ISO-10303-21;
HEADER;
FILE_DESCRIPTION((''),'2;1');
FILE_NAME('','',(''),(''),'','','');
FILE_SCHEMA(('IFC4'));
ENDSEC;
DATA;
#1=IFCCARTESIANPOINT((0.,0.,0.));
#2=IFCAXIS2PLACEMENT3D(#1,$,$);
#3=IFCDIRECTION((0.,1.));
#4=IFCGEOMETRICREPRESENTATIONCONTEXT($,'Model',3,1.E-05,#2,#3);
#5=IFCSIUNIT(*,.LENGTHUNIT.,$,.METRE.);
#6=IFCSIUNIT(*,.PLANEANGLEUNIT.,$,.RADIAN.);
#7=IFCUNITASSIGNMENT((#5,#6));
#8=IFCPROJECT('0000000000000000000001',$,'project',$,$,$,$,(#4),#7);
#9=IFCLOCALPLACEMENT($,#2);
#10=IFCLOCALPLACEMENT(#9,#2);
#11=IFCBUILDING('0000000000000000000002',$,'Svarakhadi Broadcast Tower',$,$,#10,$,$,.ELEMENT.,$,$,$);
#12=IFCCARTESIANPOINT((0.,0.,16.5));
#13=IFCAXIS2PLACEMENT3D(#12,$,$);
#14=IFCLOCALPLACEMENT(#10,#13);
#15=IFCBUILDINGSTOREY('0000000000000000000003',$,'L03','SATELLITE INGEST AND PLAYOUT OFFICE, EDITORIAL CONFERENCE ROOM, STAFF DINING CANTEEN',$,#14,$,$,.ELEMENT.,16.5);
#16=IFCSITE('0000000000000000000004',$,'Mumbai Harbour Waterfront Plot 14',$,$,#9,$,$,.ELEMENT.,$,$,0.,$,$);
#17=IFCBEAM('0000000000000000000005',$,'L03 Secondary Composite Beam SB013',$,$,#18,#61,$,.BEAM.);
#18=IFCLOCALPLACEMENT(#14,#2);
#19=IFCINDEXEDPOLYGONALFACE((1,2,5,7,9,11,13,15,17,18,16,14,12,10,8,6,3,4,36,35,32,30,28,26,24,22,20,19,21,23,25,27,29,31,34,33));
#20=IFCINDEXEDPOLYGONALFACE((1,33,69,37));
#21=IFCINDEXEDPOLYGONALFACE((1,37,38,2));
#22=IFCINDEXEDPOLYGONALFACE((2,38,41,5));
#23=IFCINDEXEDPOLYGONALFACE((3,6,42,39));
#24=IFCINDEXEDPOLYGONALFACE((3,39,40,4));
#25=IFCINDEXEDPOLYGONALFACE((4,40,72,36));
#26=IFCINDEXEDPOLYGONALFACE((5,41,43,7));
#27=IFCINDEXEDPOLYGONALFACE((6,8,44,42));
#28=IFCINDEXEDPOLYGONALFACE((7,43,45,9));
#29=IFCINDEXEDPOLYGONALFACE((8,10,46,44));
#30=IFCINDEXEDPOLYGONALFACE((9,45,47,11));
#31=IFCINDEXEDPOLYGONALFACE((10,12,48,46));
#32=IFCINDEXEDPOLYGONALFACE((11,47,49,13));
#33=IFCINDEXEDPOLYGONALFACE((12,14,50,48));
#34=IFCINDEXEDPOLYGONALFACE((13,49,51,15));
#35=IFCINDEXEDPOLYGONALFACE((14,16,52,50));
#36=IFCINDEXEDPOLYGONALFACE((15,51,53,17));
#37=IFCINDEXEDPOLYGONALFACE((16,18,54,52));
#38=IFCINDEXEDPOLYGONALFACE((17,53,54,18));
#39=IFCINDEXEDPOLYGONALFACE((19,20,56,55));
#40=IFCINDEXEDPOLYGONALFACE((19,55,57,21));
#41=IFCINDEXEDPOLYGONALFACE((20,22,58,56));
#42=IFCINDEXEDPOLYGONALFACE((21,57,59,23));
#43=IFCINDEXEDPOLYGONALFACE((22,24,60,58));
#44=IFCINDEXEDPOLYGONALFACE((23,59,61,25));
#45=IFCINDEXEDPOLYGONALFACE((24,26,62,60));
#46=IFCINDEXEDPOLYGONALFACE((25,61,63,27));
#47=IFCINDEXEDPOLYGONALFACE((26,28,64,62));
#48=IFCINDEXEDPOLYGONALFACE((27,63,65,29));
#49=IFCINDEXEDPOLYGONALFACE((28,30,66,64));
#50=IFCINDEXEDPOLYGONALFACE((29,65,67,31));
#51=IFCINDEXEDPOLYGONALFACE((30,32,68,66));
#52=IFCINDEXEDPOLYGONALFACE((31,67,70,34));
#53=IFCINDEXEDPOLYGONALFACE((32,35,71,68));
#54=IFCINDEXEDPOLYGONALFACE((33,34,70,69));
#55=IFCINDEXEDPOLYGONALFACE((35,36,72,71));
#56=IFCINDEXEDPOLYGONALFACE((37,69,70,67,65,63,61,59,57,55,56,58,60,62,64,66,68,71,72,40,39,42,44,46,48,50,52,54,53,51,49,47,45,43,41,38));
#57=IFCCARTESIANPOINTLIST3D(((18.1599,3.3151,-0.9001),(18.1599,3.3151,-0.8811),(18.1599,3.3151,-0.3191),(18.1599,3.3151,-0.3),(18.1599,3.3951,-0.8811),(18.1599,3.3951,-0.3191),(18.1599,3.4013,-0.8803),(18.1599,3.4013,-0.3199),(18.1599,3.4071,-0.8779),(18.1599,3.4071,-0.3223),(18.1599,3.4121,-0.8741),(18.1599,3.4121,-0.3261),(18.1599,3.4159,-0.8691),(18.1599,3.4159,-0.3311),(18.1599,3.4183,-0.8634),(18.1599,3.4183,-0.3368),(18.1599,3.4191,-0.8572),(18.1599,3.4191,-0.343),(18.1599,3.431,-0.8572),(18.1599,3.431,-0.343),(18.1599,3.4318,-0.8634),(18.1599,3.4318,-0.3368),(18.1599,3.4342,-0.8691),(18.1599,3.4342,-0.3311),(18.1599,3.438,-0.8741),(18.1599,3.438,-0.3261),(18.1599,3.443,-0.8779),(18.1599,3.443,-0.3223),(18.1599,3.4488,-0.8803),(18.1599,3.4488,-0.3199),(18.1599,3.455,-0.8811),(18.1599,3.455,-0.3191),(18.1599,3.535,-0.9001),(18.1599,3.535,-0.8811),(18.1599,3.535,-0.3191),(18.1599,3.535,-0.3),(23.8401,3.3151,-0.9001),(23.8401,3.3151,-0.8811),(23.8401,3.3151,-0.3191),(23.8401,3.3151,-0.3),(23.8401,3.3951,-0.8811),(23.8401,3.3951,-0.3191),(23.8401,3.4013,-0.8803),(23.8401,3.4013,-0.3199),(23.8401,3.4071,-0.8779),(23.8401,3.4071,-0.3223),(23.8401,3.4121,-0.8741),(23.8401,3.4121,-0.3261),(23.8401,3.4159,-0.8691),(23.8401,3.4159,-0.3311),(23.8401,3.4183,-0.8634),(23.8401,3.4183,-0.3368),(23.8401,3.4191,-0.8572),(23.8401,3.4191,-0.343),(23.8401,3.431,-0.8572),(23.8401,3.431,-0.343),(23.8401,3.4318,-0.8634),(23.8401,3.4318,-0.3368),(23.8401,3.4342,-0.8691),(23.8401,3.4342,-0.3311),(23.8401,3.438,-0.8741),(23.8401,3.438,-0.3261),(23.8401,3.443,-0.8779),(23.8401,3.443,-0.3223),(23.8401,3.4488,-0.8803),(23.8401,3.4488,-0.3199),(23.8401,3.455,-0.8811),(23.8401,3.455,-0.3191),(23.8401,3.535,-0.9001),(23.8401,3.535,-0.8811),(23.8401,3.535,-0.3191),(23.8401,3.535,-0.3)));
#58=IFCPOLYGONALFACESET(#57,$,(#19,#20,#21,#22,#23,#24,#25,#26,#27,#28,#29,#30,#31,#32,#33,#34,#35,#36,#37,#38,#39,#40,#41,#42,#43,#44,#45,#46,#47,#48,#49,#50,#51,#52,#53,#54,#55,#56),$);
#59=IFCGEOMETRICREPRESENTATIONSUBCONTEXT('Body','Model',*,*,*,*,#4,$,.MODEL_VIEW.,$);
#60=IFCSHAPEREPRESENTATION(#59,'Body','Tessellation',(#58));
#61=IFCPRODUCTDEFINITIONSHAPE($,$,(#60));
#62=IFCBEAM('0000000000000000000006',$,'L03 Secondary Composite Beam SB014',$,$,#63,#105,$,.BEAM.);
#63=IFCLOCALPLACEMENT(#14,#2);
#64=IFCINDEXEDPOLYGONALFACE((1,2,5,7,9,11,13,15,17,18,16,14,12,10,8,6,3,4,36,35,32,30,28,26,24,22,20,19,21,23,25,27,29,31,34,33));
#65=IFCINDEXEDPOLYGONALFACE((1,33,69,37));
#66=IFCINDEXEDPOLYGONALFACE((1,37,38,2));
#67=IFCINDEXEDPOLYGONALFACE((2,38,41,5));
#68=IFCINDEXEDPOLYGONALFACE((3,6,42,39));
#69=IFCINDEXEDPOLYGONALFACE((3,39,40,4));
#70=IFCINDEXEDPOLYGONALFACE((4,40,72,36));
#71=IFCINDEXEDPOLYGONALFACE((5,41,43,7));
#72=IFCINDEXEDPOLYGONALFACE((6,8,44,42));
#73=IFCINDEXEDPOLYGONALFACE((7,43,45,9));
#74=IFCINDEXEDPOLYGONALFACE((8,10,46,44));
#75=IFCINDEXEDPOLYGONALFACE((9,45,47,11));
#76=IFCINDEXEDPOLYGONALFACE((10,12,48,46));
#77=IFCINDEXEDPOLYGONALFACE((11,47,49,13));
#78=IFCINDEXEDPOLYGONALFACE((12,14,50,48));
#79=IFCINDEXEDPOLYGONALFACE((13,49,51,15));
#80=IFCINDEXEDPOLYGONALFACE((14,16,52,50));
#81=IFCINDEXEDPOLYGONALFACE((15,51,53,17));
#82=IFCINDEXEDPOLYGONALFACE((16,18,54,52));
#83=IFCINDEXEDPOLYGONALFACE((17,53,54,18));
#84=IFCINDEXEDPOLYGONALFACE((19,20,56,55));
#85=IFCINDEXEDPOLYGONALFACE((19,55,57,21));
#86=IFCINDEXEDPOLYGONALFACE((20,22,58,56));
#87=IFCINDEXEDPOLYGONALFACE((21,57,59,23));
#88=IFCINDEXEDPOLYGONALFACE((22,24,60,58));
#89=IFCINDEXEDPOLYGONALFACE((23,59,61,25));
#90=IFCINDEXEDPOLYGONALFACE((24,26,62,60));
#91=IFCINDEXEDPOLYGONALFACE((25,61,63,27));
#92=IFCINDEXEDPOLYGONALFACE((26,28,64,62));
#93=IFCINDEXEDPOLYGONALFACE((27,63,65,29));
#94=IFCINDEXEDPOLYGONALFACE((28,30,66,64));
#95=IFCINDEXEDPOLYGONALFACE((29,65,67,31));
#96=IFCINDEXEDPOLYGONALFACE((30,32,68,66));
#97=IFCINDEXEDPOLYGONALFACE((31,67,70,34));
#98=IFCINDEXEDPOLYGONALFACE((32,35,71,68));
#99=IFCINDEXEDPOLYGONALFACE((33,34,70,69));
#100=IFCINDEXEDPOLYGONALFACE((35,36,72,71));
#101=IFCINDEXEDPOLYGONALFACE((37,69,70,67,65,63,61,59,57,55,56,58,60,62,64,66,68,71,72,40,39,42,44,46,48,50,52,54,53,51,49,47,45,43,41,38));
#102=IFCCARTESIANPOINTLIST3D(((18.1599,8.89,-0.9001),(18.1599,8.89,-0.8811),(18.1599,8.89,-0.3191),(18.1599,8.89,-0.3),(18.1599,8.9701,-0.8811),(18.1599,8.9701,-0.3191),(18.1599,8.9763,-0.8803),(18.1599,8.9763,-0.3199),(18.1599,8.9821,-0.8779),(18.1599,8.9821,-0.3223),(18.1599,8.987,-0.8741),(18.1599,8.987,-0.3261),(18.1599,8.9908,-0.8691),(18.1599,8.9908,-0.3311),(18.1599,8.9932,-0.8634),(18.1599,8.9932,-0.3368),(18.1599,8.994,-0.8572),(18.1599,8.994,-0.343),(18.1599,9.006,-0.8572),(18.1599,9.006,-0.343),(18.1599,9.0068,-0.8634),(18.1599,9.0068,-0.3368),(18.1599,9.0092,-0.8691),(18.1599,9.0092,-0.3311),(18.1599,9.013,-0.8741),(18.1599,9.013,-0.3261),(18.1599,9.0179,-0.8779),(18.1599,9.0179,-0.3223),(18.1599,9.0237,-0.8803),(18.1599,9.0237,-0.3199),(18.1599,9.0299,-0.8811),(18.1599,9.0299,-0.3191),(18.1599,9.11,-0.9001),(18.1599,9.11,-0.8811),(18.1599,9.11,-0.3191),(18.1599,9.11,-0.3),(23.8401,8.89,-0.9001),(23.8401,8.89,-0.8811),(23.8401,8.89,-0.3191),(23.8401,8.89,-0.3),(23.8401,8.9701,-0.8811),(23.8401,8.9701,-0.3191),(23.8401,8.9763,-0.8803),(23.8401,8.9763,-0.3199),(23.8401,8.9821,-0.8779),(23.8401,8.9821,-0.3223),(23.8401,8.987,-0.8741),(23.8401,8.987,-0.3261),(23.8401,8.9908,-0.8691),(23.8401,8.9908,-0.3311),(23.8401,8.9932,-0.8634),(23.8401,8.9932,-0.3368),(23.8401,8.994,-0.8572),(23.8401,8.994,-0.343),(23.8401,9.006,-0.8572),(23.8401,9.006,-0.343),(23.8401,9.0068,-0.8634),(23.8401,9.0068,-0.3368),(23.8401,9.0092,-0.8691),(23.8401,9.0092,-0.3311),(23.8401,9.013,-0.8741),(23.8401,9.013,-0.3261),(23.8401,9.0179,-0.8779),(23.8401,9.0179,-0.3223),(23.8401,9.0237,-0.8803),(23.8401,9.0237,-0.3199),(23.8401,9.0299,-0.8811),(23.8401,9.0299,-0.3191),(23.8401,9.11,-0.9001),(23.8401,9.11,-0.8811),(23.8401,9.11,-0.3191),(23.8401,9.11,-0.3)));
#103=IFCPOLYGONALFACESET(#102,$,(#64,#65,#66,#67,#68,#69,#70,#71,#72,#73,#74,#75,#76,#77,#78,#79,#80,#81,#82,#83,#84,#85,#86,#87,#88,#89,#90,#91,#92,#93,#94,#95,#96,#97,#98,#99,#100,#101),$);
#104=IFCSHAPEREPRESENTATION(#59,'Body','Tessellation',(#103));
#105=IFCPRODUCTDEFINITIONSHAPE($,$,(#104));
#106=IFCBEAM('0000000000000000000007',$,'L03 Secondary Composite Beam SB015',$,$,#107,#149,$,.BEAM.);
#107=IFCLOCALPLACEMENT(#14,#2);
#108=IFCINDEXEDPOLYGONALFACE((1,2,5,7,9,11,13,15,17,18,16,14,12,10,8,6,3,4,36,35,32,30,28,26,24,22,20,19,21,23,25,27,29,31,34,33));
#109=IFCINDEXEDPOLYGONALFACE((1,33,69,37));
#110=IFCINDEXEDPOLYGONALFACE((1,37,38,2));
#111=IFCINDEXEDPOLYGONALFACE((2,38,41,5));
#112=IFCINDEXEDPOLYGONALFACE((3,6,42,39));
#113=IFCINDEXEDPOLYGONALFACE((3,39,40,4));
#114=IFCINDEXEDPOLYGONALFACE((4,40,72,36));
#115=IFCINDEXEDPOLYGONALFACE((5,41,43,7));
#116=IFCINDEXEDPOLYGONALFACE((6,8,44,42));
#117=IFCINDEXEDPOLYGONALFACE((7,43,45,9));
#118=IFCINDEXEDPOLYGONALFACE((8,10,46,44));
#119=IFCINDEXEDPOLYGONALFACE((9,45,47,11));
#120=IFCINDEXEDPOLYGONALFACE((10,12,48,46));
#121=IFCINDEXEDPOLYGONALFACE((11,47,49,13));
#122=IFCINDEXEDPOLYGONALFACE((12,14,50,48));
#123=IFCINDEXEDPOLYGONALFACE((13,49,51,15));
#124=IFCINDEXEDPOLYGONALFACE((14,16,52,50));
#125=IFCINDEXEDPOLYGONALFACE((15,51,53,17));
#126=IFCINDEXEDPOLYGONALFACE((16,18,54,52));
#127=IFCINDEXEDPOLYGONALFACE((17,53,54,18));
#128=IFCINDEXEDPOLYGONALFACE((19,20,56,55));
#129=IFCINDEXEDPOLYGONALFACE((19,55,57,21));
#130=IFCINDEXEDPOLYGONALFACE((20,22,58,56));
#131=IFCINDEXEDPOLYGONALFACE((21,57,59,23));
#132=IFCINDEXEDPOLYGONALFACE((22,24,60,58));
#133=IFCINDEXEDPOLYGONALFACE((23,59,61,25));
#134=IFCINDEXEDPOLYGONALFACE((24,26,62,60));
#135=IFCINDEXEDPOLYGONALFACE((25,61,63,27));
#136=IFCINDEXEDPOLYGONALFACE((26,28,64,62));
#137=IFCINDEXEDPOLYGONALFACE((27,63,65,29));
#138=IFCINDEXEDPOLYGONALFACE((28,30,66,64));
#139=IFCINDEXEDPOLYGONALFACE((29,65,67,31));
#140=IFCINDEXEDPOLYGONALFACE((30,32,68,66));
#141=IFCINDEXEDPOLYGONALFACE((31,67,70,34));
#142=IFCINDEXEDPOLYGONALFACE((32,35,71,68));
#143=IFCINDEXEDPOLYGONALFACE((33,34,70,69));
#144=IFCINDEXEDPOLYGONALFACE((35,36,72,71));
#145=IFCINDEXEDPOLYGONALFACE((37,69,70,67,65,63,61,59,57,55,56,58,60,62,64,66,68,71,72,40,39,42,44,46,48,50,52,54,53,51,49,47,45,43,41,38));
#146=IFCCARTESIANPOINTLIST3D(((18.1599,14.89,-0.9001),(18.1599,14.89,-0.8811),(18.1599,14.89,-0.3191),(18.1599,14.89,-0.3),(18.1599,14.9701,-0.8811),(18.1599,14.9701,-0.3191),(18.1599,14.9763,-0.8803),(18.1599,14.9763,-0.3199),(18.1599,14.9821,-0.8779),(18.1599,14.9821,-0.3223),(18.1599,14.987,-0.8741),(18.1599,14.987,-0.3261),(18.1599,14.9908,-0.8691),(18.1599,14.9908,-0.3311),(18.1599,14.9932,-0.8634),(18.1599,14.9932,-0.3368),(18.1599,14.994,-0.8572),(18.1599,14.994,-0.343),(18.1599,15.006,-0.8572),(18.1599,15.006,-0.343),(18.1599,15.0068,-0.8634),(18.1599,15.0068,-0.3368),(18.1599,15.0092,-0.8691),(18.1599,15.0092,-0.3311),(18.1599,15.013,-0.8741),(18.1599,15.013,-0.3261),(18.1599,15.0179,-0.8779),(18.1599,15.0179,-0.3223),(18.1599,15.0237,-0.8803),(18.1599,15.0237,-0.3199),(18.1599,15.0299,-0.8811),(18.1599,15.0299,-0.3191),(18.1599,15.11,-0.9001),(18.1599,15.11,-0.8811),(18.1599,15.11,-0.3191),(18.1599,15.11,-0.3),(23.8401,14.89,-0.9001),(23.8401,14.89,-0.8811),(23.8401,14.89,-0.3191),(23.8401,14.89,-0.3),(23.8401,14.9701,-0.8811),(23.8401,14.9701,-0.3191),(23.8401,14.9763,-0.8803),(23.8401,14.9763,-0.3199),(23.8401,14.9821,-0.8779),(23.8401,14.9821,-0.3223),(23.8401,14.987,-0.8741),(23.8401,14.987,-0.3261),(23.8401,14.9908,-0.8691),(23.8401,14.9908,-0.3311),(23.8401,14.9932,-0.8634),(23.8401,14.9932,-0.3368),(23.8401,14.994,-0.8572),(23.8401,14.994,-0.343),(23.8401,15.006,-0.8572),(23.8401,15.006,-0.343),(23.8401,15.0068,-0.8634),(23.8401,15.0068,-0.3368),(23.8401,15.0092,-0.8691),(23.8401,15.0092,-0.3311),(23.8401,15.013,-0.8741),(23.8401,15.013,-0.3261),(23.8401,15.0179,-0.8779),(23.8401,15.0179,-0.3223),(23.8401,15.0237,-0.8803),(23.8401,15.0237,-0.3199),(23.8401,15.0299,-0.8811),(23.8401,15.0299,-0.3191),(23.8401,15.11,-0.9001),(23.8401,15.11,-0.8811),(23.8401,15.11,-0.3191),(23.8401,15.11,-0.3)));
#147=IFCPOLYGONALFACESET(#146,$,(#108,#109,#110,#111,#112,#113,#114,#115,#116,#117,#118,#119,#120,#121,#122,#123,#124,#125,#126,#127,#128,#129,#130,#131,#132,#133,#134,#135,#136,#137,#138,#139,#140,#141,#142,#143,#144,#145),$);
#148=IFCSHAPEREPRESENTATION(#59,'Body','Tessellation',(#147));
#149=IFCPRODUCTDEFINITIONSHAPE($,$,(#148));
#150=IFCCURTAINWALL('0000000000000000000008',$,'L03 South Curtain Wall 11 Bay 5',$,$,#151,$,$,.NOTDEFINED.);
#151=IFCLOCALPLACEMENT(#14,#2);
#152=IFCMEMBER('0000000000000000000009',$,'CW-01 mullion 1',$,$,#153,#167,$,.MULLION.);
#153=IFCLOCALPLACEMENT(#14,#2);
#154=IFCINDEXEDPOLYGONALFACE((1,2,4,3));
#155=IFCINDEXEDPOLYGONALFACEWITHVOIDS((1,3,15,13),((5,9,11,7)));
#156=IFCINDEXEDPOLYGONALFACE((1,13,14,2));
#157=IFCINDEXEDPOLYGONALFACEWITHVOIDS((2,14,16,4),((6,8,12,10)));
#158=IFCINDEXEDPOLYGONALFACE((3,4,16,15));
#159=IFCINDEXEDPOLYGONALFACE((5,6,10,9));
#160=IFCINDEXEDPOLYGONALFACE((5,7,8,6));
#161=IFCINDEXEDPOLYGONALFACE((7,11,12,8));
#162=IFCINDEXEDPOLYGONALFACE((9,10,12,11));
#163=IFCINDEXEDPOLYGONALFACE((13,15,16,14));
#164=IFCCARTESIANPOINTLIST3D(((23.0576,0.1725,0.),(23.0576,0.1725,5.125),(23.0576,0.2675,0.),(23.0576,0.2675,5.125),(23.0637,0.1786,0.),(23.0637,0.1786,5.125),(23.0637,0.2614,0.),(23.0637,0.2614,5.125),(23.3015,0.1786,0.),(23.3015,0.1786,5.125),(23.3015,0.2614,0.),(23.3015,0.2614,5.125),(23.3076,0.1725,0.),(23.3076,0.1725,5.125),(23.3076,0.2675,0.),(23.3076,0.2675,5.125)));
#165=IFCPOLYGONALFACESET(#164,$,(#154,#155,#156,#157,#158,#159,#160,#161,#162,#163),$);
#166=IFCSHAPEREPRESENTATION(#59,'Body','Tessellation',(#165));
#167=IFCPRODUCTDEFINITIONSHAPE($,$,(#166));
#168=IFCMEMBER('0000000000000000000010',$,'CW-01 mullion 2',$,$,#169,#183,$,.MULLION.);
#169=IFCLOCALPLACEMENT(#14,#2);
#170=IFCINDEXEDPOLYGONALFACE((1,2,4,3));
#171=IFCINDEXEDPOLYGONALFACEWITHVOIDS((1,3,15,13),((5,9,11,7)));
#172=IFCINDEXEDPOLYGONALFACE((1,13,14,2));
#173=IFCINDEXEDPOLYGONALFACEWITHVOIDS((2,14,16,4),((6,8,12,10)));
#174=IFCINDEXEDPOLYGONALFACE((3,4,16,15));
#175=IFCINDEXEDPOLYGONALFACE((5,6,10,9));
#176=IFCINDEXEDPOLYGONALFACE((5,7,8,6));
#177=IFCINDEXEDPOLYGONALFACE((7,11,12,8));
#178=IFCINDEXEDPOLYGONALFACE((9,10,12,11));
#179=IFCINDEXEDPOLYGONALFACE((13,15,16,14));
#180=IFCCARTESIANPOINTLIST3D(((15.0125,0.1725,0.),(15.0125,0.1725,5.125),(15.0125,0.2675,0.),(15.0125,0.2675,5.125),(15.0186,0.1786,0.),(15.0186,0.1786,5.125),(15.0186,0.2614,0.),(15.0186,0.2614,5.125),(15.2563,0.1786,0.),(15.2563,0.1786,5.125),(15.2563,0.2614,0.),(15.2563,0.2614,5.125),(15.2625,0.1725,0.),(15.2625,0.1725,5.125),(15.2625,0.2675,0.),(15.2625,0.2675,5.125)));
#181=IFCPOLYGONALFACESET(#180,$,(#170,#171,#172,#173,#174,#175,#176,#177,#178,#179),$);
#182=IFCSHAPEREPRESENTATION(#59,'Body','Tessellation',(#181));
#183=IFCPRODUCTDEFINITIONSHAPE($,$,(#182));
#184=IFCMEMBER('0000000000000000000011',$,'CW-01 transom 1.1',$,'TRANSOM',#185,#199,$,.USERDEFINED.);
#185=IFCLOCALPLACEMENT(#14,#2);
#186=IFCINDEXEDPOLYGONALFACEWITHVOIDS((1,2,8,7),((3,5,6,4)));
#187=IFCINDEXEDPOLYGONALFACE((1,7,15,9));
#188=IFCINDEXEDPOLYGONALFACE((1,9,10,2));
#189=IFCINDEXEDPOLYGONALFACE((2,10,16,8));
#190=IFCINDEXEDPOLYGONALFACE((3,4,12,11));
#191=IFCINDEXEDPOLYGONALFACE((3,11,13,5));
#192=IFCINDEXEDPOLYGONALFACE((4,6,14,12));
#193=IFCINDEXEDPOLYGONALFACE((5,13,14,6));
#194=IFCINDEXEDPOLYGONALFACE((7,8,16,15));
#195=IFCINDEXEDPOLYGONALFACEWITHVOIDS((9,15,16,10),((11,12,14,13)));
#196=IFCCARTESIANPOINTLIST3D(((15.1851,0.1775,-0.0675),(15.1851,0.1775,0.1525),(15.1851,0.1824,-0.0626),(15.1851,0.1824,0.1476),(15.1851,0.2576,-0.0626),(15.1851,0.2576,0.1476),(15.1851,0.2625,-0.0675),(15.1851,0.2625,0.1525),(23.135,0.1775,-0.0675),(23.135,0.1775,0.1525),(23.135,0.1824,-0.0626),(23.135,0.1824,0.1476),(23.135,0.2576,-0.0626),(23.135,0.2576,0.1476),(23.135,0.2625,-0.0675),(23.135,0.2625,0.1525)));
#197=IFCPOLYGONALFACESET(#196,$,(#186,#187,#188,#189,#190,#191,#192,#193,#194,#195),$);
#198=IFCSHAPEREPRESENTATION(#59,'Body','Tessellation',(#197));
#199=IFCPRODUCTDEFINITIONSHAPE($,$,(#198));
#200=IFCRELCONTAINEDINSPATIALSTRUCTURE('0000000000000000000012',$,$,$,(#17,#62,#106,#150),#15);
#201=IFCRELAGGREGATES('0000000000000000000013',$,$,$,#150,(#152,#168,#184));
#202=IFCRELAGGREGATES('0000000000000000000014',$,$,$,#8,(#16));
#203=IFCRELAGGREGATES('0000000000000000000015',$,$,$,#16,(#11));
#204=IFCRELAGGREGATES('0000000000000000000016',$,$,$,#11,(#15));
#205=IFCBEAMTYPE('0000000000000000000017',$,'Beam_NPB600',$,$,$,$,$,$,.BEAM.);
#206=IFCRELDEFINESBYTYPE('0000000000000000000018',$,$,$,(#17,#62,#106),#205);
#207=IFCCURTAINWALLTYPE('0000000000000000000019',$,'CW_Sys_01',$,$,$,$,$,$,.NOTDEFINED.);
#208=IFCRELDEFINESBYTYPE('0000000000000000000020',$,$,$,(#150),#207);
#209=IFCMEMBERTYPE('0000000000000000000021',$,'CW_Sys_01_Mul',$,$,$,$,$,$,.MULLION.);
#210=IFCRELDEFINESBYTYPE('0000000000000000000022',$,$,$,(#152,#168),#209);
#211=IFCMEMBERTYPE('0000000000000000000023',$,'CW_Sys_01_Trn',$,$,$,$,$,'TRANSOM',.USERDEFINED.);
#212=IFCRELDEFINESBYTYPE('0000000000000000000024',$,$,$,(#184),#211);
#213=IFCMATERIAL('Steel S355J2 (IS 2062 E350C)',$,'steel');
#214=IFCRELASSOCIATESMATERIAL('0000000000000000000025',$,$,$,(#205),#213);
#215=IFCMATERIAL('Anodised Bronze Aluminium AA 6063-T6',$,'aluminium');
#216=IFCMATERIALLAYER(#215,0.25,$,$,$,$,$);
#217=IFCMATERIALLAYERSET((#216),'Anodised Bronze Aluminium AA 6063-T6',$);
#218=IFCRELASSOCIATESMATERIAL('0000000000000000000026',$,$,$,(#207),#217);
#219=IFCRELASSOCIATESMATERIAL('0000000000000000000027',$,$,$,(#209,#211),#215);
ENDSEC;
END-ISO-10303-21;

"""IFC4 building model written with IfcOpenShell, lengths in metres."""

from ifc_helpers import new_model, si_unit, direction, frame, origin, origin_2d, place, context, subcontext, project, spatial, hollow_rectangle, i_section, extrude, material, layer, layer_set, material_profile, profile_set, type_object, element, aggregate, save


model = new_model("IFC4")

# Units and contexts
model_context = context("Model", 3, precision=1e-05, world=origin(), true_north=direction((0.0, 1.0)))
body_context = subcontext(model_context, "Body", "Model", "MODEL_VIEW")
ifc_project = project(units=[si_unit("LENGTHUNIT", "METRE"), si_unit("PLANEANGLEUNIT", "RADIAN")], contexts=[model_context])

# Site, building, storey
site_placement = place(None, origin())
site = spatial("IfcSite", under=ifc_project, at=site_placement, Name="Mumbai Harbour Waterfront Plot 14", CompositionType="ELEMENT", RefElevation=0.0)
building_placement = place(site_placement, origin())
building = spatial("IfcBuilding", under=site, at=building_placement, Name="Svarakhadi Broadcast Tower", CompositionType="ELEMENT")
storey_placement = place(building_placement, frame((0.0, 0.0, 16.5)))
storey = spatial("IfcBuildingStorey", under=building, at=storey_placement, Name="L03", Description="SATELLITE INGEST AND PLAYOUT OFFICE, EDITORIAL CONFERENCE ROOM, STAFF DINING CANTEEN", CompositionType="ELEMENT", Elevation=16.5)

# Beams
ifc_material_1 = material(Name="Steel S355J2 (IS 2062 E350C)", Category="steel")
ifc_material_profile_1 = material_profile(ifc_material_1, i_section(OverallWidth=0.22, OverallDepth=0.6001, WebThickness=0.012, FlangeThickness=0.019, FilletRadius=0.0239, at=origin_2d()), Name="NPB 600x220x122")
ifc_profile_set_1 = profile_set([ifc_material_profile_1], Name="Steel S355J2 (IS 2062 E350C)")
beam_type_1 = type_object("IfcBeamType", Name="Beam_NPB600", PredefinedType="BEAM", material=ifc_profile_set_1)
for number, where, z_axis, x_axis, name in (
    (1, (18.1599, 3.425, -0.6001), (1.0, 0.0, 0.0), (0.0, 1.0, 0.0), "L03 Secondary Composite Beam SB013"),
    (2, (18.1599, 9.0, -0.6001), (1.0, 0.0, 0.0), (0.0, 1.0, 0.0), "L03 Secondary Composite Beam SB014"),
    (3, (18.1599, 15.0, -0.6001), (1.0, 0.0, 0.0), (0.0, 1.0, 0.0), "L03 Secondary Composite Beam SB015"),
):
    element("IfcBeam", number, at=place(storey_placement, frame(where, z_axis=z_axis, x_axis=x_axis)), inside=storey, type_object=beam_type_1, Name=name, PredefinedType="BEAM", context=body_context, shape_type="SweptSolid", body=[
        extrude(i_section(OverallWidth=0.22, OverallDepth=0.6001, WebThickness=0.012, FlangeThickness=0.019, FilletRadius=0.0239, at=origin_2d()), origin(), (0.0, 0.0, 1.0), 5.6802),
    ])

# Curtain wall, members
ifc_material_2 = material(Name="Anodised Bronze Aluminium AA 6063-T6", Category="aluminium")
ifc_layer_1 = layer(ifc_material_2, 0.25)
ifc_layer_set_1 = layer_set([ifc_layer_1], Name="Anodised Bronze Aluminium AA 6063-T6")
curtain_wall_type = type_object("IfcCurtainWallType", Name="CW_Sys_01", PredefinedType="NOTDEFINED", material=ifc_layer_set_1)
curtain_wall_placement = place(storey_placement, origin())
curtain_wall = element("IfcCurtainWall", 4, at=curtain_wall_placement, inside=storey, type_object=curtain_wall_type, Name="L03 South Curtain Wall 11 Bay 5", PredefinedType="NOTDEFINED")
ifc_material_profile_2 = material_profile(ifc_material_2, hollow_rectangle(XDim=0.095, YDim=0.25, WallThickness=0.0061, at=origin_2d()), Name="ALU MULLION 250x95x6")
ifc_profile_set_2 = profile_set([ifc_material_profile_2], Name="Anodised Bronze Aluminium AA 6063-T6")
member_type_1 = type_object("IfcMemberType", Name="CW_Sys_01_Mul", PredefinedType="MULLION", material=ifc_profile_set_2)
member_1_placement = place(storey_placement, frame((23.1826, 0.22, 0.0), z_axis=(0.0, 0.0, 1.0), x_axis=(0.0, -1.0, 0.0)))
member_1 = element("IfcMember", 5, at=member_1_placement, type_object=member_type_1, Name="CW-01 mullion 1", PredefinedType="MULLION", context=body_context, shape_type="SweptSolid", body=[
    extrude(hollow_rectangle(XDim=0.095, YDim=0.25, WallThickness=0.0061, at=origin_2d()), origin(), (0.0, 0.0, 1.0), 5.125),
])
member_2_placement = place(storey_placement, frame((15.1375, 0.22, 0.0), z_axis=(0.0, 0.0, 1.0), x_axis=(0.0, -1.0, 0.0)))
member_2 = element("IfcMember", 6, at=member_2_placement, type_object=member_type_1, Name="CW-01 mullion 2", PredefinedType="MULLION", context=body_context, shape_type="SweptSolid", body=[
    extrude(hollow_rectangle(XDim=0.095, YDim=0.25, WallThickness=0.0061, at=origin_2d()), origin(), (0.0, 0.0, 1.0), 5.125),
])
ifc_material_profile_3 = material_profile(ifc_material_2, hollow_rectangle(XDim=0.085, YDim=0.22, WallThickness=0.0049, at=origin_2d()), Name="ALU TRANSOM 220x85x5")
ifc_profile_set_3 = profile_set([ifc_material_profile_3], Name="Anodised Bronze Aluminium AA 6063-T6")
member_type_2 = type_object("IfcMemberType", Name="CW_Sys_01_Trn", ElementType="TRANSOM", PredefinedType="USERDEFINED", material=ifc_profile_set_3)
member_3_placement = place(storey_placement, frame((23.135, 0.22, 0.0425), z_axis=(-1.0, 0.0, 0.0), x_axis=(0.0, -1.0, 0.0)))
member_3 = element("IfcMember", 7, at=member_3_placement, type_object=member_type_2, Name="CW-01 transom 1.1", ObjectType="TRANSOM", PredefinedType="USERDEFINED", context=body_context, shape_type="SweptSolid", body=[
    extrude(hollow_rectangle(XDim=0.085, YDim=0.22, WallThickness=0.0049, at=origin_2d()), origin(), (0.0, 0.0, 1.0), 7.95),
])

aggregate(curtain_wall, [member_1, member_2, member_3])

save(model, "model.ifc")
